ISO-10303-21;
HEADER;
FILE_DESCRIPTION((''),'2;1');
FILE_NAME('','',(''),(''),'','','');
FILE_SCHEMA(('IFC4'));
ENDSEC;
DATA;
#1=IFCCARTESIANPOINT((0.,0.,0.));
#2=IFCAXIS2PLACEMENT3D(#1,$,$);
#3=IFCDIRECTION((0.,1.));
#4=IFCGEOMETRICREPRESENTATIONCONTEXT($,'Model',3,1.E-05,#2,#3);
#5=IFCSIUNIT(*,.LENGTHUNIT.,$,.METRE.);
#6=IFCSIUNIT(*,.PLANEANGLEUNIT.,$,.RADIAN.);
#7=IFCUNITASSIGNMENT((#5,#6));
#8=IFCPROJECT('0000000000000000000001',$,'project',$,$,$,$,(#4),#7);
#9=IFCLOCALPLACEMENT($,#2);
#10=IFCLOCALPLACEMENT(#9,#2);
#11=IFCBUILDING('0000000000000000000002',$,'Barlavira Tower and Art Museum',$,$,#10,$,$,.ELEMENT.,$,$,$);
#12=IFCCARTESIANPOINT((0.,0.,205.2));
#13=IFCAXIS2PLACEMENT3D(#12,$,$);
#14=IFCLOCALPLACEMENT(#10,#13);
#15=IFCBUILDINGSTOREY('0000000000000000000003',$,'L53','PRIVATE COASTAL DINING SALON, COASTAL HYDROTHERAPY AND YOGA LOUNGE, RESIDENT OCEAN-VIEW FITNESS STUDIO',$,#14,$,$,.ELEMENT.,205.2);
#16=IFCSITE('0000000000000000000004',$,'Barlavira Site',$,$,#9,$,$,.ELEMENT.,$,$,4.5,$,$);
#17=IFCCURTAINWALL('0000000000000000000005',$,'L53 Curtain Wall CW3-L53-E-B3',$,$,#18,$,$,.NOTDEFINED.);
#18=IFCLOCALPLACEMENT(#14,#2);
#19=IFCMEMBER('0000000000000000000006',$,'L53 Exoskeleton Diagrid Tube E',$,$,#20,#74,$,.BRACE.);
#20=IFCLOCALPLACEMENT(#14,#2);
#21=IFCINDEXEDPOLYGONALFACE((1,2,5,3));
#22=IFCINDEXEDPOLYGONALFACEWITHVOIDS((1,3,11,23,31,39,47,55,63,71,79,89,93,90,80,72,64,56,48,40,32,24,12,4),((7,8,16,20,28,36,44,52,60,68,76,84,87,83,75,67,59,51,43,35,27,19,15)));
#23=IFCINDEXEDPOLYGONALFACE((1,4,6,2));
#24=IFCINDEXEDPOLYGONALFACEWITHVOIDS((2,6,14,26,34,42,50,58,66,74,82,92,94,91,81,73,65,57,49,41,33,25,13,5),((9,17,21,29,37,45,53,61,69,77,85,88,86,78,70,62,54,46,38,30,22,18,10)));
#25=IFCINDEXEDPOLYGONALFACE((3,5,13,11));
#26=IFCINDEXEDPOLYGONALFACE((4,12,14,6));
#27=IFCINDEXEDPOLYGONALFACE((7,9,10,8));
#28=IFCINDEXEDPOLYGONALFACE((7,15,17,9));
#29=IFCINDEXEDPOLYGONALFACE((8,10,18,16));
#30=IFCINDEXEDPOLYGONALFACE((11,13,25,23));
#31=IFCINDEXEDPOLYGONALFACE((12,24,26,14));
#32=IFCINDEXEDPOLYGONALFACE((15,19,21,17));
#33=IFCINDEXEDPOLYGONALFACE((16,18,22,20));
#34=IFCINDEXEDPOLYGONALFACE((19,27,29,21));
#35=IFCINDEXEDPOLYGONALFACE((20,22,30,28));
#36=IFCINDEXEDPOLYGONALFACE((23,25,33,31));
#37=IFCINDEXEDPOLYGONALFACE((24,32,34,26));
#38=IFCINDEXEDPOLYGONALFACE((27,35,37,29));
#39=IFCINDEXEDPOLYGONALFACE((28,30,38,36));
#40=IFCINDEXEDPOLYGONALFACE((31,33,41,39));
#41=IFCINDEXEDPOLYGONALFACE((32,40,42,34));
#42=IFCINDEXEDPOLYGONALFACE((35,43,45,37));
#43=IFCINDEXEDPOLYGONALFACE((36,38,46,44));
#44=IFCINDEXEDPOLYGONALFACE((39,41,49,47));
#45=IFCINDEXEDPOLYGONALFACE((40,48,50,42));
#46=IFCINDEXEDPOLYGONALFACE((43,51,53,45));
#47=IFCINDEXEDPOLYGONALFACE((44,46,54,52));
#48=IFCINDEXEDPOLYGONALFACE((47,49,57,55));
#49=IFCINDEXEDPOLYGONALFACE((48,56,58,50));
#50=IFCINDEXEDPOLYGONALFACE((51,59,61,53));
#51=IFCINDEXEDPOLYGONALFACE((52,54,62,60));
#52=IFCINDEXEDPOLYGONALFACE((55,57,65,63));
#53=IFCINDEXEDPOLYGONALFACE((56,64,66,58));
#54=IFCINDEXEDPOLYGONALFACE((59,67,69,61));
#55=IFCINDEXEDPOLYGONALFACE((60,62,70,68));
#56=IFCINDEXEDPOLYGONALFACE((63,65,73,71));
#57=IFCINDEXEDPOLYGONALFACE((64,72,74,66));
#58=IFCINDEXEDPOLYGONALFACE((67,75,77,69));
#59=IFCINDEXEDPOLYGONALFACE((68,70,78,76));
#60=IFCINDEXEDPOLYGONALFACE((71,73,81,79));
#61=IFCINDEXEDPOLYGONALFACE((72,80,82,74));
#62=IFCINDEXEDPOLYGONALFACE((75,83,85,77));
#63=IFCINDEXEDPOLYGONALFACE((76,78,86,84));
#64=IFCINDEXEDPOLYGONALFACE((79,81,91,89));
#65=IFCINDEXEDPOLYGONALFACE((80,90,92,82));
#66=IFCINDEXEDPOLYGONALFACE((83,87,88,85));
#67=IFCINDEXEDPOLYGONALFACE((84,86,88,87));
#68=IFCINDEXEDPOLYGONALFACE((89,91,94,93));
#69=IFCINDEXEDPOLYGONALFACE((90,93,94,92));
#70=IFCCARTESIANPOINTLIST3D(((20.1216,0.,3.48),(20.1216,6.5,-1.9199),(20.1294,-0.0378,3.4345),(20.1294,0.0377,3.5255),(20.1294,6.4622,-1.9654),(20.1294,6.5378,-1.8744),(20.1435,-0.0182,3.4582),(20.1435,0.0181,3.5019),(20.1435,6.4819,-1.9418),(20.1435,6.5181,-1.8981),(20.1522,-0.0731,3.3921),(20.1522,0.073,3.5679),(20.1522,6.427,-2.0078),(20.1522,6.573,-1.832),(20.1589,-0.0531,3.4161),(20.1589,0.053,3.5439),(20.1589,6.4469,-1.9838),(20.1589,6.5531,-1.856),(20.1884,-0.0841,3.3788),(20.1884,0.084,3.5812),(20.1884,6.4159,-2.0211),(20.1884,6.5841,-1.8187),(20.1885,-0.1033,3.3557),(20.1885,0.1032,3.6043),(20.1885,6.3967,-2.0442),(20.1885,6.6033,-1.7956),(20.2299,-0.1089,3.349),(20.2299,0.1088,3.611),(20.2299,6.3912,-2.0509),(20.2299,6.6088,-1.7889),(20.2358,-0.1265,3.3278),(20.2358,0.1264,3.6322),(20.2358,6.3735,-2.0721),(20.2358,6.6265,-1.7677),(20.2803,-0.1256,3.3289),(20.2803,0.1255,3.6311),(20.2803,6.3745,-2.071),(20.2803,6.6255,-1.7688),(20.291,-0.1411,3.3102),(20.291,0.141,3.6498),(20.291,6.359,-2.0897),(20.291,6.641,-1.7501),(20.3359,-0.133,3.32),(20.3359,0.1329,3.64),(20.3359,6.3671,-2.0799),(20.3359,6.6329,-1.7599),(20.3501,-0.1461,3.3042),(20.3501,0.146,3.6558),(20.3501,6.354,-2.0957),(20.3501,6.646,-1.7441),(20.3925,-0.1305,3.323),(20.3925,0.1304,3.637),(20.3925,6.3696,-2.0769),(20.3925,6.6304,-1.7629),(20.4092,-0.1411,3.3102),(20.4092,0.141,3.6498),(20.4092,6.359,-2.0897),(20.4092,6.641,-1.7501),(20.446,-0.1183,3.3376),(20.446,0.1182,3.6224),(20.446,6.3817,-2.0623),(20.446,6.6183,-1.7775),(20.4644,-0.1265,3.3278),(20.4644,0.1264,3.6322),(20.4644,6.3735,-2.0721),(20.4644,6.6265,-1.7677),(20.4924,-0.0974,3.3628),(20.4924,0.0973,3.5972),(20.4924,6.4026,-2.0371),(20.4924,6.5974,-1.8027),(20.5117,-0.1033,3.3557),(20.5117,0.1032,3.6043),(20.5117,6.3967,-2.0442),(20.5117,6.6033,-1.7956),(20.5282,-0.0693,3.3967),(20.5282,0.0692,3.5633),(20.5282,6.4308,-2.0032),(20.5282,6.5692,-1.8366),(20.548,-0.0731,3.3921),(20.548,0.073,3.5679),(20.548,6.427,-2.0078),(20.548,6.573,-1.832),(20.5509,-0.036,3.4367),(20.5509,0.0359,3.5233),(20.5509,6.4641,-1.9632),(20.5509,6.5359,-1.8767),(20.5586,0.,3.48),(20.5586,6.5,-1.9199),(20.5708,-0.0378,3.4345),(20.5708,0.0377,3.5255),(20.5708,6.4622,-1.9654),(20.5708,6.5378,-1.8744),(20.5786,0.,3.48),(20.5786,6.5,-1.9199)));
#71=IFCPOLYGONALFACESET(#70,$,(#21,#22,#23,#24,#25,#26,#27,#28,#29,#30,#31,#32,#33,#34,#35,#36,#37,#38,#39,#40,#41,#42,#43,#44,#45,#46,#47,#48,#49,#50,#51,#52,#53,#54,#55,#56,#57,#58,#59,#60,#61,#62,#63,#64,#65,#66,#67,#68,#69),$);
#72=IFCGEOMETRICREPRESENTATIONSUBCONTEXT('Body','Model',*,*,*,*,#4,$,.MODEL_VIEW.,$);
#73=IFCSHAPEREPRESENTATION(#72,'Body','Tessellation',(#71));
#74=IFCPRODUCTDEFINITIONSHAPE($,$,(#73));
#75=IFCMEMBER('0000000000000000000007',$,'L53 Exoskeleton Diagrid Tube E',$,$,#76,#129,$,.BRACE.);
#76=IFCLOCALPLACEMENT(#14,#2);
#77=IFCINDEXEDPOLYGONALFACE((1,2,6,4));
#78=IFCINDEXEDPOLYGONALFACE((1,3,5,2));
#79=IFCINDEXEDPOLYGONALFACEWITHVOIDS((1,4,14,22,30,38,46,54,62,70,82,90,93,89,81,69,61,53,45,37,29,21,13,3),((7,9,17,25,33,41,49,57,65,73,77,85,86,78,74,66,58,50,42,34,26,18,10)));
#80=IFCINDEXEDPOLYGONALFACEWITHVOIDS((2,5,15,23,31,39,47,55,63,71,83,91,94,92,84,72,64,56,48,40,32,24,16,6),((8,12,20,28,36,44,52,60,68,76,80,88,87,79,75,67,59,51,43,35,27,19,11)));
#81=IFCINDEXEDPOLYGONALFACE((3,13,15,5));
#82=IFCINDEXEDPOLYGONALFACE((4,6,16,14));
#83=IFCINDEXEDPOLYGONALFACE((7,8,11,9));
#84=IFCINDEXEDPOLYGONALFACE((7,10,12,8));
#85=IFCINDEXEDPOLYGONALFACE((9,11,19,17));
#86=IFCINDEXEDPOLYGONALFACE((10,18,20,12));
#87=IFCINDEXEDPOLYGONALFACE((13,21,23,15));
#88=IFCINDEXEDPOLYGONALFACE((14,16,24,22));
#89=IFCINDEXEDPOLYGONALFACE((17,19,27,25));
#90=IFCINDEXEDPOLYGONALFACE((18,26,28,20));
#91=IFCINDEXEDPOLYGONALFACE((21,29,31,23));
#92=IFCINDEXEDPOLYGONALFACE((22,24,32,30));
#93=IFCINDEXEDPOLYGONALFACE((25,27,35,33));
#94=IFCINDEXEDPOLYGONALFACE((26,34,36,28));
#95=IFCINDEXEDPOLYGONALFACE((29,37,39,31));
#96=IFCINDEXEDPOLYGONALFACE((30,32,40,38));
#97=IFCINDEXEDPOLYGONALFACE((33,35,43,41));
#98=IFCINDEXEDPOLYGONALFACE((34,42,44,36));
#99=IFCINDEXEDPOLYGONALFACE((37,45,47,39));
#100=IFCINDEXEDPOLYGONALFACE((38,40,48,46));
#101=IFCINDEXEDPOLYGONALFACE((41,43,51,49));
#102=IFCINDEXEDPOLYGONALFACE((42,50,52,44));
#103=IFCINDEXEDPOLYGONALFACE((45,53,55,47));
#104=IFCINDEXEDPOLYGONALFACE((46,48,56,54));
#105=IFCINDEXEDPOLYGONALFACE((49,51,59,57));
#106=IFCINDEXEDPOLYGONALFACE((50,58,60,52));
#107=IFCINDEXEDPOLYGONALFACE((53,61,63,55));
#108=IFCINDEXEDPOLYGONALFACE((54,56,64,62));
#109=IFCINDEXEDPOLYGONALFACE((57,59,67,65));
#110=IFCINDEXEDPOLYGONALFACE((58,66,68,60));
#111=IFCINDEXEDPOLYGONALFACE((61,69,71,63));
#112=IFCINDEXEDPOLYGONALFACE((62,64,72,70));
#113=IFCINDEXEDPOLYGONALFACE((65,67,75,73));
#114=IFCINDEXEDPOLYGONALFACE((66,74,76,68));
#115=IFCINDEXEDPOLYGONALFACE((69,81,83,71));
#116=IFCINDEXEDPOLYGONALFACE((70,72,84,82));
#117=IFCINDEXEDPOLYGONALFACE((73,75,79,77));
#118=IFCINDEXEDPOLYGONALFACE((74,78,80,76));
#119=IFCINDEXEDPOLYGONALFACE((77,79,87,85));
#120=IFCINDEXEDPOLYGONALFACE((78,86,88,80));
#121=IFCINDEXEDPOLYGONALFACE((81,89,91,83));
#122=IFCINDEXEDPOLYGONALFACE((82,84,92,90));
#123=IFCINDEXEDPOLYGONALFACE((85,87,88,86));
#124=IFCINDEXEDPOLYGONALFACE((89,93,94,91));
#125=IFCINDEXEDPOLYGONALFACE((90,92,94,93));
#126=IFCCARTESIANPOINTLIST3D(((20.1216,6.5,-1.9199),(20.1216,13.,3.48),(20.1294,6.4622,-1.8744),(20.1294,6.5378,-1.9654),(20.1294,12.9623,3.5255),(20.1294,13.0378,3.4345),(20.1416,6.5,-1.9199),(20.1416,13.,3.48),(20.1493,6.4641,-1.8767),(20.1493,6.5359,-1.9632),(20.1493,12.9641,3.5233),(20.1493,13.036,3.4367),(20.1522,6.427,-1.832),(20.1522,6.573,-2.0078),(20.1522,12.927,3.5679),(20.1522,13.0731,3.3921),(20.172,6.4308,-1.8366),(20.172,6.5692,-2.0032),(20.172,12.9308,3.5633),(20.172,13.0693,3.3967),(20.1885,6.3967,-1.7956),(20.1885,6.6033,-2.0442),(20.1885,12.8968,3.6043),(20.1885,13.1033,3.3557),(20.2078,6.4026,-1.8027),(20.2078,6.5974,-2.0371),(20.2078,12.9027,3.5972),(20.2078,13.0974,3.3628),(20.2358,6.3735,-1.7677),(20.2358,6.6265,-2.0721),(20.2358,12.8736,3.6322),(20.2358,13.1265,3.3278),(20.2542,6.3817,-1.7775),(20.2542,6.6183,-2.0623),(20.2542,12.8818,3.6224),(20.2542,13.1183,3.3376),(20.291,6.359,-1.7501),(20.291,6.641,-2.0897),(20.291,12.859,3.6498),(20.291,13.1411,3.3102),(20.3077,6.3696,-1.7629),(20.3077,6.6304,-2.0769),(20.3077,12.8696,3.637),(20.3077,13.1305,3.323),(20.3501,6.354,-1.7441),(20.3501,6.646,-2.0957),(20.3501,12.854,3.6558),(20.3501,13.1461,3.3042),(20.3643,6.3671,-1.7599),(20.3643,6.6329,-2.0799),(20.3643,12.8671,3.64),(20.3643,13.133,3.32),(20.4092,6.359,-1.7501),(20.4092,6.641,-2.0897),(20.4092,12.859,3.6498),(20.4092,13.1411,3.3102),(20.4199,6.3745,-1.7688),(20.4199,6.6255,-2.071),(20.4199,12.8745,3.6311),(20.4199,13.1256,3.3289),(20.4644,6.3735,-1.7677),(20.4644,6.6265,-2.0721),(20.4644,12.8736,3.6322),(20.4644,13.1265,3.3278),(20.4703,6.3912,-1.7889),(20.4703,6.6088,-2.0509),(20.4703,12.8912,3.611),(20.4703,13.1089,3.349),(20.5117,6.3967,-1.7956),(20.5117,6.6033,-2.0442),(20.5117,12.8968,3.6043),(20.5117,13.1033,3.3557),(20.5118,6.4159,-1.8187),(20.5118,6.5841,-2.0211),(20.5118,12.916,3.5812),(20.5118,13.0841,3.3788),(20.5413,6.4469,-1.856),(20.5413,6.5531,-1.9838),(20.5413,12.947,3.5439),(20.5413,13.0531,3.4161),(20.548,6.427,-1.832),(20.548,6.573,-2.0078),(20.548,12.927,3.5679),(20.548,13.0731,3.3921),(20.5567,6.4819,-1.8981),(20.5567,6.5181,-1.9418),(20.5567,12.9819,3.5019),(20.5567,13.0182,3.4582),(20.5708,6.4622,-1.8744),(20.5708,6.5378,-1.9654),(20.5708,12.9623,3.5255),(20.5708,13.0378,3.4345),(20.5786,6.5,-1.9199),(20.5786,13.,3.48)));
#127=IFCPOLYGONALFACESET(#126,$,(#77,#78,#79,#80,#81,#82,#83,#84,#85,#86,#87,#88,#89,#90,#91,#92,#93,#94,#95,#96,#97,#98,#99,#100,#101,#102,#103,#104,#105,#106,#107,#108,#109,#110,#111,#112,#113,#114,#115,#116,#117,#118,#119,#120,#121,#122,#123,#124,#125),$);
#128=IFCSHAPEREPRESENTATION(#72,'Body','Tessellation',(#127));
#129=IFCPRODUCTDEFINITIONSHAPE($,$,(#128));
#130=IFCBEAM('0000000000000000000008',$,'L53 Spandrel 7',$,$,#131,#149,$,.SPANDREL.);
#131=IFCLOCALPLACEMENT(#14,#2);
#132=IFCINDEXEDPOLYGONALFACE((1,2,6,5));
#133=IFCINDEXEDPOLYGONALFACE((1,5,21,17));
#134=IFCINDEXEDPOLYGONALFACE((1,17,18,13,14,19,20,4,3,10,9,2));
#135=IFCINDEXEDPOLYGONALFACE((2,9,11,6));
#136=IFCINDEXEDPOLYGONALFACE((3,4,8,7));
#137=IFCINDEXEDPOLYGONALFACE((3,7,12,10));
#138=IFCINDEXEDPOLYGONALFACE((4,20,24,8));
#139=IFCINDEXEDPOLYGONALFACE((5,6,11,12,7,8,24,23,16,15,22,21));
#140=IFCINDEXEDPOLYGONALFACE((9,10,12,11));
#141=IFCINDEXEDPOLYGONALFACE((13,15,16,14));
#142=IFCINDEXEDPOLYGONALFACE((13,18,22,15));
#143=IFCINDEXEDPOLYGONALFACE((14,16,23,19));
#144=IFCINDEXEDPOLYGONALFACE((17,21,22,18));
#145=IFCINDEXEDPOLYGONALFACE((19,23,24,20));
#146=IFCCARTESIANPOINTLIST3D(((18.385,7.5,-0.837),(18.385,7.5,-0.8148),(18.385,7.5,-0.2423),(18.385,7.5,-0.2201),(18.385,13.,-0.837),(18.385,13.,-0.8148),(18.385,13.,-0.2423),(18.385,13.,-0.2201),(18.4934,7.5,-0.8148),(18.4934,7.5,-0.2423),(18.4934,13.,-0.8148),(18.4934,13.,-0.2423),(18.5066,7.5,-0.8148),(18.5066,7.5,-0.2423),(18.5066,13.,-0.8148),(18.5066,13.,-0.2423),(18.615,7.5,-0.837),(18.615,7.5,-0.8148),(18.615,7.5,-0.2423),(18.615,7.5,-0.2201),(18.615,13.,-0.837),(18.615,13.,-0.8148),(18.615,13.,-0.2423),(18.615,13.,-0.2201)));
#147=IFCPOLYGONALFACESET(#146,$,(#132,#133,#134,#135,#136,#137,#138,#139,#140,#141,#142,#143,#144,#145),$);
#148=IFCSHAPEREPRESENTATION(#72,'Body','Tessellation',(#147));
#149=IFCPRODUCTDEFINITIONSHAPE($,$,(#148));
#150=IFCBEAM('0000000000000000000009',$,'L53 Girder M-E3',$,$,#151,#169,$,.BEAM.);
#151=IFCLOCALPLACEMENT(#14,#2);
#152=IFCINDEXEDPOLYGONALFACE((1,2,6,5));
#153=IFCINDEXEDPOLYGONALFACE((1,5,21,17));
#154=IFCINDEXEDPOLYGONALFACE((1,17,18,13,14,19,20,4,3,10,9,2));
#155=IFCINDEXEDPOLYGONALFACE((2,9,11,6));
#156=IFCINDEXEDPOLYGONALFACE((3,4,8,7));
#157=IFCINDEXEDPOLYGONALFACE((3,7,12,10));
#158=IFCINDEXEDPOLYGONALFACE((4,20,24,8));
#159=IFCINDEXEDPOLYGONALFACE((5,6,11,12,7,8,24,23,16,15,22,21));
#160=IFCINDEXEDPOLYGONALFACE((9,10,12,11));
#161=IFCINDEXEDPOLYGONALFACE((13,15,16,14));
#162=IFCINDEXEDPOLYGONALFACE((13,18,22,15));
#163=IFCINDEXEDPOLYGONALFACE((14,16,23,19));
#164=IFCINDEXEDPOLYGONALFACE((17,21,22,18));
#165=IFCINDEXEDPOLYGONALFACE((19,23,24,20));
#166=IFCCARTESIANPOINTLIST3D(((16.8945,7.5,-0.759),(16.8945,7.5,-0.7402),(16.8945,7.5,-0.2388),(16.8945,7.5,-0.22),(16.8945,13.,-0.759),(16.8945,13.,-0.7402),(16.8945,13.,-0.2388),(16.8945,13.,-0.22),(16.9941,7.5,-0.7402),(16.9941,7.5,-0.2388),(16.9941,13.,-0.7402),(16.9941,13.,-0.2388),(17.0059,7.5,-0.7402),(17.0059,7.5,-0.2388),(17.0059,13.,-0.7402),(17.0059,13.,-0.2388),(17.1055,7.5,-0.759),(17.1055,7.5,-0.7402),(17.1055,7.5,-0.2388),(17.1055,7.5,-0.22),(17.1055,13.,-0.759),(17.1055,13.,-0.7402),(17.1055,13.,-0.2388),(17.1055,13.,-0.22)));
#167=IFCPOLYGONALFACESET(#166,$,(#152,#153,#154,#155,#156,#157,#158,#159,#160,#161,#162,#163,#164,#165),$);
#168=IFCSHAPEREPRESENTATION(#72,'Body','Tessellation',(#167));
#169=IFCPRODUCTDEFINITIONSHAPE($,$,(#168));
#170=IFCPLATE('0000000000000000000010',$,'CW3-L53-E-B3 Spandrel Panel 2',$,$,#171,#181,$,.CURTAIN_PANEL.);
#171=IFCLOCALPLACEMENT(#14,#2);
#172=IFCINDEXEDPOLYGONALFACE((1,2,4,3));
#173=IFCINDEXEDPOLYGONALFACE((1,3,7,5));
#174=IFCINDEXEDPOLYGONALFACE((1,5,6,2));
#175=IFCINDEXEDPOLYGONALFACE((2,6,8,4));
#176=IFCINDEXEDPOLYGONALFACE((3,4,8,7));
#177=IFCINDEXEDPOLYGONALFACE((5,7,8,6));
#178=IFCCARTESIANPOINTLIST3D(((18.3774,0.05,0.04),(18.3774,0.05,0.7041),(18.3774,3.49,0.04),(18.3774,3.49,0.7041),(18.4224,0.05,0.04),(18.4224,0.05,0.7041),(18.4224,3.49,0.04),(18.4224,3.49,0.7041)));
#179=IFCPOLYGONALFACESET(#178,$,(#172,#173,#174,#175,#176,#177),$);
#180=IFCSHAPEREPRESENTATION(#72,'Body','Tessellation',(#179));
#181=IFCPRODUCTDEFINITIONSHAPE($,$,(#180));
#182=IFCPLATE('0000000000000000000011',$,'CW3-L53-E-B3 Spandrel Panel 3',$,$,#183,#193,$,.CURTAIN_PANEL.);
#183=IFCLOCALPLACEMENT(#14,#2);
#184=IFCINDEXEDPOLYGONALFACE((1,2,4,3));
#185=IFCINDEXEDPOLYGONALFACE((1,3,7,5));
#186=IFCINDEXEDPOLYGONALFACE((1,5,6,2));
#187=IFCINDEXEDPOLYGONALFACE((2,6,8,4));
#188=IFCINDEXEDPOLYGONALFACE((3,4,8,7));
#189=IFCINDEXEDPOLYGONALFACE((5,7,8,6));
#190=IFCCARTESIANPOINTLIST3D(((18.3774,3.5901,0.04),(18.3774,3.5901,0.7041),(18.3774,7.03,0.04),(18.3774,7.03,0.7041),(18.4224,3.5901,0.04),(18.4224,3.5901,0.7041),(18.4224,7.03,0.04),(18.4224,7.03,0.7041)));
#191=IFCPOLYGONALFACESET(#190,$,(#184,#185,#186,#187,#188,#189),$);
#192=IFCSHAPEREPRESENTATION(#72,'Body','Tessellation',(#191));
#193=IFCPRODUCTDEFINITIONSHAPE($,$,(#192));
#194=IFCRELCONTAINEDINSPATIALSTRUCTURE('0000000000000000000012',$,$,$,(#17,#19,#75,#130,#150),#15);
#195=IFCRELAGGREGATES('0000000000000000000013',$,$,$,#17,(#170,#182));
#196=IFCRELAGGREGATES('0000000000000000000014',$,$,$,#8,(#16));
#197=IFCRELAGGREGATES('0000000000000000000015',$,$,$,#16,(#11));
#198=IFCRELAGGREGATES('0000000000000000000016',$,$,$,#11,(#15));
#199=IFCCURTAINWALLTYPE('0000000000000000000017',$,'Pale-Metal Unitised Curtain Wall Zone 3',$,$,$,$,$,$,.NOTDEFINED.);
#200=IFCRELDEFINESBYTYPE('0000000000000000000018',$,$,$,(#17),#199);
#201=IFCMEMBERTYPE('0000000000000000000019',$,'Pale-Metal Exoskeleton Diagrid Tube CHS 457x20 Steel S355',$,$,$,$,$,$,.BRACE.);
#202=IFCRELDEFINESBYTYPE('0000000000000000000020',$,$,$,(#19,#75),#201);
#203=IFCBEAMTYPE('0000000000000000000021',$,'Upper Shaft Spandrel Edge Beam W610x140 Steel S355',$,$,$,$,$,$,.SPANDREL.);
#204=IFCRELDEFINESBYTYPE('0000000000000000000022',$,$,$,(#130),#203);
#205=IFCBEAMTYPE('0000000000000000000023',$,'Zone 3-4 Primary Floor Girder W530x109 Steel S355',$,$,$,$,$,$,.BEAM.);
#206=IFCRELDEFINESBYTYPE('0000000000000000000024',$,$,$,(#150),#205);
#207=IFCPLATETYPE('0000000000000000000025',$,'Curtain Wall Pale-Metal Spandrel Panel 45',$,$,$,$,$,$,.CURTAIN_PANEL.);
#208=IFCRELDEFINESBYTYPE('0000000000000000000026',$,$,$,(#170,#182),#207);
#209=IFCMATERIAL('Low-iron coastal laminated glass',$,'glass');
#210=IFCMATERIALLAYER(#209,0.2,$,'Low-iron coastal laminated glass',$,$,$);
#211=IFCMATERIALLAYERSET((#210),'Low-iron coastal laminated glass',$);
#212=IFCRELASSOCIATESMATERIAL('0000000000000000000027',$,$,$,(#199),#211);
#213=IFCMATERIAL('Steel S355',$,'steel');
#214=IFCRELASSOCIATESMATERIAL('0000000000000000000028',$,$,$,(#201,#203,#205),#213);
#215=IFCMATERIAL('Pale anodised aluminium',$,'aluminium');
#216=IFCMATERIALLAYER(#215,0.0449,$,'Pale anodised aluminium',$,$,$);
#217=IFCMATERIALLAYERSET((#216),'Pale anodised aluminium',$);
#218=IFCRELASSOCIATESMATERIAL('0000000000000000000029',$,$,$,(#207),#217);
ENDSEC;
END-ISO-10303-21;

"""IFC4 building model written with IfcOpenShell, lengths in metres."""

from ifc_helpers import new_model, si_unit, direction, frame, origin, origin_2d, place, context, subcontext, project, spatial, rectangle, hollow_circle, i_section, extrude, material, layer, layer_set, material_profile, profile_set, type_object, element, aggregate, save


model = new_model("IFC4")

# Units and contexts
model_context = context("Model", 3, precision=1e-05, world=origin(), true_north=direction((0.0, 1.0)))
body_context = subcontext(model_context, "Body", "Model", "MODEL_VIEW")
ifc_project = project(units=[si_unit("LENGTHUNIT", "METRE"), si_unit("PLANEANGLEUNIT", "RADIAN")], contexts=[model_context])

# Site, building, storey
site_placement = place(None, origin())
site = spatial("IfcSite", under=ifc_project, at=site_placement, Name="Barlavira Site", CompositionType="ELEMENT", RefElevation=4.5)
building_placement = place(site_placement, origin())
building = spatial("IfcBuilding", under=site, at=building_placement, Name="Barlavira Tower and Art Museum", CompositionType="ELEMENT")
storey_placement = place(building_placement, frame((0.0, 0.0, 205.2)))
storey = spatial("IfcBuildingStorey", under=building, at=storey_placement, Name="L53", Description="PRIVATE COASTAL DINING SALON, COASTAL HYDROTHERAPY AND YOGA LOUNGE, RESIDENT OCEAN-VIEW FITNESS STUDIO", CompositionType="ELEMENT", Elevation=205.2)

# Curtain wall
ifc_material_1 = material(Name="Low-iron coastal laminated glass", Category="glass")
ifc_layer_1 = layer(ifc_material_1, 0.2, Name="Low-iron coastal laminated glass")
ifc_layer_set_1 = layer_set([ifc_layer_1], Name="Low-iron coastal laminated glass")
curtain_wall_type = type_object("IfcCurtainWallType", Name="Pale-Metal Unitised Curtain Wall Zone 3", PredefinedType="NOTDEFINED", material=ifc_layer_set_1)
curtain_wall_placement = place(storey_placement, origin())
curtain_wall = element("IfcCurtainWall", 1, at=curtain_wall_placement, inside=storey, type_object=curtain_wall_type, Name="L53 Curtain Wall CW3-L53-E-B3", PredefinedType="NOTDEFINED")
ifc_material_2 = material(Name="Pale anodised aluminium", Category="aluminium")

# Members
ifc_material_3 = material(Name="Steel S355", Category="steel")
ifc_material_profile_1 = material_profile(ifc_material_3, hollow_circle(Radius=0.2285, WallThickness=0.02, at=origin_2d()), Name="CHS 457.0x20.0")
ifc_profile_set_1 = profile_set([ifc_material_profile_1], Name="Steel S355")
member_type_1 = type_object("IfcMemberType", Name="Pale-Metal Exoskeleton Diagrid Tube CHS 457x20 Steel S355", PredefinedType="BRACE", material=ifc_profile_set_1)
for number, where, z_axis, x_axis, name in (
    (2, (20.3501, 6.5, -1.9199), (0.0, -0.769196, 0.639013), (1.0, 0.0, 0.0), "L53 Exoskeleton Diagrid Tube E"),
    (3, (20.3501, 6.5, -1.9199), (0.0, 0.769196, 0.639013), (-1.0, 0.0, 0.0), "L53 Exoskeleton Diagrid Tube E"),
):
    element("IfcMember", number, at=place(storey_placement, frame(where, z_axis=z_axis, x_axis=x_axis)), inside=storey, type_object=member_type_1, Name=name, PredefinedType="BRACE", context=body_context, shape_type="SweptSolid", body=[
        extrude(hollow_circle(Radius=0.2285, WallThickness=0.02, at=origin_2d()), origin(), (0.0, 0.0, 1.0), 8.4504),
    ])

# Beams
ifc_material_profile_2 = material_profile(ifc_material_3, i_section(OverallWidth=0.23, OverallDepth=0.6169, WebThickness=0.0132, FlangeThickness=0.0222, at=origin_2d()), Name="W610x140.0")
ifc_profile_set_2 = profile_set([ifc_material_profile_2], Name="Steel S355")
beam_type_1 = type_object("IfcBeamType", Name="Upper Shaft Spandrel Edge Beam W610x140 Steel S355", PredefinedType="SPANDREL", material=ifc_profile_set_2)
beam_1_placement = place(storey_placement, frame((18.5, 7.5, -0.5286), z_axis=(0.0, 1.0, 0.0), x_axis=(-1.0, 0.0, 0.0)))
element("IfcBeam", 4, at=beam_1_placement, inside=storey, type_object=beam_type_1, Name="L53 Spandrel 7", PredefinedType="SPANDREL", context=body_context, shape_type="SweptSolid", body=[
    extrude(i_section(OverallWidth=0.23, OverallDepth=0.6169, WebThickness=0.0132, FlangeThickness=0.0222, at=origin_2d()), origin(), (0.0, 0.0, 1.0), 5.5),
])
ifc_material_profile_3 = material_profile(ifc_material_3, i_section(OverallWidth=0.2109, OverallDepth=0.5391, WebThickness=0.0117, FlangeThickness=0.0188, at=origin_2d()), Name="W530x109.0")
ifc_profile_set_3 = profile_set([ifc_material_profile_3], Name="Steel S355")
beam_type_2 = type_object("IfcBeamType", Name="Zone 3-4 Primary Floor Girder W530x109 Steel S355", PredefinedType="BEAM", material=ifc_profile_set_3)
beam_2_placement = place(storey_placement, frame((17.0, 7.5, -0.4895), z_axis=(0.0, 1.0, 0.0), x_axis=(-1.0, 0.0, 0.0)))
element("IfcBeam", 5, at=beam_2_placement, inside=storey, type_object=beam_type_2, Name="L53 Girder M-E3", PredefinedType="BEAM", context=body_context, shape_type="SweptSolid", body=[
    extrude(i_section(OverallWidth=0.2109, OverallDepth=0.5391, WebThickness=0.0117, FlangeThickness=0.0188, at=origin_2d()), origin(), (0.0, 0.0, 1.0), 5.5),
])

# Plates
ifc_layer_2 = layer(ifc_material_2, 0.0449, Name="Pale anodised aluminium")
ifc_layer_set_2 = layer_set([ifc_layer_2], Name="Pale anodised aluminium")
plate_type_1 = type_object("IfcPlateType", Name="Curtain Wall Pale-Metal Spandrel Panel 45", PredefinedType="CURTAIN_PANEL", material=ifc_layer_set_2)
plate_1_placement = place(storey_placement, frame((18.3999, 1.77, 0.04), z_axis=(0.0, 0.0, 1.0), x_axis=(0.0, 1.0, 0.0)))
plate_1 = element("IfcPlate", 6, at=plate_1_placement, type_object=plate_type_1, Name="CW3-L53-E-B3 Spandrel Panel 2", PredefinedType="CURTAIN_PANEL", context=body_context, shape_type="SweptSolid", body=[
    extrude(rectangle(XDim=3.4399, YDim=0.0449, at=origin_2d()), origin(), (0.0, 0.0, 1.0), 0.6641),
])
plate_2_placement = place(storey_placement, frame((18.3999, 5.3101, 0.04), z_axis=(0.0, 0.0, 1.0), x_axis=(0.0, 1.0, 0.0)))
plate_2 = element("IfcPlate", 7, at=plate_2_placement, type_object=plate_type_1, Name="CW3-L53-E-B3 Spandrel Panel 3", PredefinedType="CURTAIN_PANEL", context=body_context, shape_type="SweptSolid", body=[
    extrude(rectangle(XDim=3.4399, YDim=0.0449, at=origin_2d()), origin(), (0.0, 0.0, 1.0), 0.6641),
])
aggregate(curtain_wall, [plate_1, plate_2])

save(model, "model.ifc")
